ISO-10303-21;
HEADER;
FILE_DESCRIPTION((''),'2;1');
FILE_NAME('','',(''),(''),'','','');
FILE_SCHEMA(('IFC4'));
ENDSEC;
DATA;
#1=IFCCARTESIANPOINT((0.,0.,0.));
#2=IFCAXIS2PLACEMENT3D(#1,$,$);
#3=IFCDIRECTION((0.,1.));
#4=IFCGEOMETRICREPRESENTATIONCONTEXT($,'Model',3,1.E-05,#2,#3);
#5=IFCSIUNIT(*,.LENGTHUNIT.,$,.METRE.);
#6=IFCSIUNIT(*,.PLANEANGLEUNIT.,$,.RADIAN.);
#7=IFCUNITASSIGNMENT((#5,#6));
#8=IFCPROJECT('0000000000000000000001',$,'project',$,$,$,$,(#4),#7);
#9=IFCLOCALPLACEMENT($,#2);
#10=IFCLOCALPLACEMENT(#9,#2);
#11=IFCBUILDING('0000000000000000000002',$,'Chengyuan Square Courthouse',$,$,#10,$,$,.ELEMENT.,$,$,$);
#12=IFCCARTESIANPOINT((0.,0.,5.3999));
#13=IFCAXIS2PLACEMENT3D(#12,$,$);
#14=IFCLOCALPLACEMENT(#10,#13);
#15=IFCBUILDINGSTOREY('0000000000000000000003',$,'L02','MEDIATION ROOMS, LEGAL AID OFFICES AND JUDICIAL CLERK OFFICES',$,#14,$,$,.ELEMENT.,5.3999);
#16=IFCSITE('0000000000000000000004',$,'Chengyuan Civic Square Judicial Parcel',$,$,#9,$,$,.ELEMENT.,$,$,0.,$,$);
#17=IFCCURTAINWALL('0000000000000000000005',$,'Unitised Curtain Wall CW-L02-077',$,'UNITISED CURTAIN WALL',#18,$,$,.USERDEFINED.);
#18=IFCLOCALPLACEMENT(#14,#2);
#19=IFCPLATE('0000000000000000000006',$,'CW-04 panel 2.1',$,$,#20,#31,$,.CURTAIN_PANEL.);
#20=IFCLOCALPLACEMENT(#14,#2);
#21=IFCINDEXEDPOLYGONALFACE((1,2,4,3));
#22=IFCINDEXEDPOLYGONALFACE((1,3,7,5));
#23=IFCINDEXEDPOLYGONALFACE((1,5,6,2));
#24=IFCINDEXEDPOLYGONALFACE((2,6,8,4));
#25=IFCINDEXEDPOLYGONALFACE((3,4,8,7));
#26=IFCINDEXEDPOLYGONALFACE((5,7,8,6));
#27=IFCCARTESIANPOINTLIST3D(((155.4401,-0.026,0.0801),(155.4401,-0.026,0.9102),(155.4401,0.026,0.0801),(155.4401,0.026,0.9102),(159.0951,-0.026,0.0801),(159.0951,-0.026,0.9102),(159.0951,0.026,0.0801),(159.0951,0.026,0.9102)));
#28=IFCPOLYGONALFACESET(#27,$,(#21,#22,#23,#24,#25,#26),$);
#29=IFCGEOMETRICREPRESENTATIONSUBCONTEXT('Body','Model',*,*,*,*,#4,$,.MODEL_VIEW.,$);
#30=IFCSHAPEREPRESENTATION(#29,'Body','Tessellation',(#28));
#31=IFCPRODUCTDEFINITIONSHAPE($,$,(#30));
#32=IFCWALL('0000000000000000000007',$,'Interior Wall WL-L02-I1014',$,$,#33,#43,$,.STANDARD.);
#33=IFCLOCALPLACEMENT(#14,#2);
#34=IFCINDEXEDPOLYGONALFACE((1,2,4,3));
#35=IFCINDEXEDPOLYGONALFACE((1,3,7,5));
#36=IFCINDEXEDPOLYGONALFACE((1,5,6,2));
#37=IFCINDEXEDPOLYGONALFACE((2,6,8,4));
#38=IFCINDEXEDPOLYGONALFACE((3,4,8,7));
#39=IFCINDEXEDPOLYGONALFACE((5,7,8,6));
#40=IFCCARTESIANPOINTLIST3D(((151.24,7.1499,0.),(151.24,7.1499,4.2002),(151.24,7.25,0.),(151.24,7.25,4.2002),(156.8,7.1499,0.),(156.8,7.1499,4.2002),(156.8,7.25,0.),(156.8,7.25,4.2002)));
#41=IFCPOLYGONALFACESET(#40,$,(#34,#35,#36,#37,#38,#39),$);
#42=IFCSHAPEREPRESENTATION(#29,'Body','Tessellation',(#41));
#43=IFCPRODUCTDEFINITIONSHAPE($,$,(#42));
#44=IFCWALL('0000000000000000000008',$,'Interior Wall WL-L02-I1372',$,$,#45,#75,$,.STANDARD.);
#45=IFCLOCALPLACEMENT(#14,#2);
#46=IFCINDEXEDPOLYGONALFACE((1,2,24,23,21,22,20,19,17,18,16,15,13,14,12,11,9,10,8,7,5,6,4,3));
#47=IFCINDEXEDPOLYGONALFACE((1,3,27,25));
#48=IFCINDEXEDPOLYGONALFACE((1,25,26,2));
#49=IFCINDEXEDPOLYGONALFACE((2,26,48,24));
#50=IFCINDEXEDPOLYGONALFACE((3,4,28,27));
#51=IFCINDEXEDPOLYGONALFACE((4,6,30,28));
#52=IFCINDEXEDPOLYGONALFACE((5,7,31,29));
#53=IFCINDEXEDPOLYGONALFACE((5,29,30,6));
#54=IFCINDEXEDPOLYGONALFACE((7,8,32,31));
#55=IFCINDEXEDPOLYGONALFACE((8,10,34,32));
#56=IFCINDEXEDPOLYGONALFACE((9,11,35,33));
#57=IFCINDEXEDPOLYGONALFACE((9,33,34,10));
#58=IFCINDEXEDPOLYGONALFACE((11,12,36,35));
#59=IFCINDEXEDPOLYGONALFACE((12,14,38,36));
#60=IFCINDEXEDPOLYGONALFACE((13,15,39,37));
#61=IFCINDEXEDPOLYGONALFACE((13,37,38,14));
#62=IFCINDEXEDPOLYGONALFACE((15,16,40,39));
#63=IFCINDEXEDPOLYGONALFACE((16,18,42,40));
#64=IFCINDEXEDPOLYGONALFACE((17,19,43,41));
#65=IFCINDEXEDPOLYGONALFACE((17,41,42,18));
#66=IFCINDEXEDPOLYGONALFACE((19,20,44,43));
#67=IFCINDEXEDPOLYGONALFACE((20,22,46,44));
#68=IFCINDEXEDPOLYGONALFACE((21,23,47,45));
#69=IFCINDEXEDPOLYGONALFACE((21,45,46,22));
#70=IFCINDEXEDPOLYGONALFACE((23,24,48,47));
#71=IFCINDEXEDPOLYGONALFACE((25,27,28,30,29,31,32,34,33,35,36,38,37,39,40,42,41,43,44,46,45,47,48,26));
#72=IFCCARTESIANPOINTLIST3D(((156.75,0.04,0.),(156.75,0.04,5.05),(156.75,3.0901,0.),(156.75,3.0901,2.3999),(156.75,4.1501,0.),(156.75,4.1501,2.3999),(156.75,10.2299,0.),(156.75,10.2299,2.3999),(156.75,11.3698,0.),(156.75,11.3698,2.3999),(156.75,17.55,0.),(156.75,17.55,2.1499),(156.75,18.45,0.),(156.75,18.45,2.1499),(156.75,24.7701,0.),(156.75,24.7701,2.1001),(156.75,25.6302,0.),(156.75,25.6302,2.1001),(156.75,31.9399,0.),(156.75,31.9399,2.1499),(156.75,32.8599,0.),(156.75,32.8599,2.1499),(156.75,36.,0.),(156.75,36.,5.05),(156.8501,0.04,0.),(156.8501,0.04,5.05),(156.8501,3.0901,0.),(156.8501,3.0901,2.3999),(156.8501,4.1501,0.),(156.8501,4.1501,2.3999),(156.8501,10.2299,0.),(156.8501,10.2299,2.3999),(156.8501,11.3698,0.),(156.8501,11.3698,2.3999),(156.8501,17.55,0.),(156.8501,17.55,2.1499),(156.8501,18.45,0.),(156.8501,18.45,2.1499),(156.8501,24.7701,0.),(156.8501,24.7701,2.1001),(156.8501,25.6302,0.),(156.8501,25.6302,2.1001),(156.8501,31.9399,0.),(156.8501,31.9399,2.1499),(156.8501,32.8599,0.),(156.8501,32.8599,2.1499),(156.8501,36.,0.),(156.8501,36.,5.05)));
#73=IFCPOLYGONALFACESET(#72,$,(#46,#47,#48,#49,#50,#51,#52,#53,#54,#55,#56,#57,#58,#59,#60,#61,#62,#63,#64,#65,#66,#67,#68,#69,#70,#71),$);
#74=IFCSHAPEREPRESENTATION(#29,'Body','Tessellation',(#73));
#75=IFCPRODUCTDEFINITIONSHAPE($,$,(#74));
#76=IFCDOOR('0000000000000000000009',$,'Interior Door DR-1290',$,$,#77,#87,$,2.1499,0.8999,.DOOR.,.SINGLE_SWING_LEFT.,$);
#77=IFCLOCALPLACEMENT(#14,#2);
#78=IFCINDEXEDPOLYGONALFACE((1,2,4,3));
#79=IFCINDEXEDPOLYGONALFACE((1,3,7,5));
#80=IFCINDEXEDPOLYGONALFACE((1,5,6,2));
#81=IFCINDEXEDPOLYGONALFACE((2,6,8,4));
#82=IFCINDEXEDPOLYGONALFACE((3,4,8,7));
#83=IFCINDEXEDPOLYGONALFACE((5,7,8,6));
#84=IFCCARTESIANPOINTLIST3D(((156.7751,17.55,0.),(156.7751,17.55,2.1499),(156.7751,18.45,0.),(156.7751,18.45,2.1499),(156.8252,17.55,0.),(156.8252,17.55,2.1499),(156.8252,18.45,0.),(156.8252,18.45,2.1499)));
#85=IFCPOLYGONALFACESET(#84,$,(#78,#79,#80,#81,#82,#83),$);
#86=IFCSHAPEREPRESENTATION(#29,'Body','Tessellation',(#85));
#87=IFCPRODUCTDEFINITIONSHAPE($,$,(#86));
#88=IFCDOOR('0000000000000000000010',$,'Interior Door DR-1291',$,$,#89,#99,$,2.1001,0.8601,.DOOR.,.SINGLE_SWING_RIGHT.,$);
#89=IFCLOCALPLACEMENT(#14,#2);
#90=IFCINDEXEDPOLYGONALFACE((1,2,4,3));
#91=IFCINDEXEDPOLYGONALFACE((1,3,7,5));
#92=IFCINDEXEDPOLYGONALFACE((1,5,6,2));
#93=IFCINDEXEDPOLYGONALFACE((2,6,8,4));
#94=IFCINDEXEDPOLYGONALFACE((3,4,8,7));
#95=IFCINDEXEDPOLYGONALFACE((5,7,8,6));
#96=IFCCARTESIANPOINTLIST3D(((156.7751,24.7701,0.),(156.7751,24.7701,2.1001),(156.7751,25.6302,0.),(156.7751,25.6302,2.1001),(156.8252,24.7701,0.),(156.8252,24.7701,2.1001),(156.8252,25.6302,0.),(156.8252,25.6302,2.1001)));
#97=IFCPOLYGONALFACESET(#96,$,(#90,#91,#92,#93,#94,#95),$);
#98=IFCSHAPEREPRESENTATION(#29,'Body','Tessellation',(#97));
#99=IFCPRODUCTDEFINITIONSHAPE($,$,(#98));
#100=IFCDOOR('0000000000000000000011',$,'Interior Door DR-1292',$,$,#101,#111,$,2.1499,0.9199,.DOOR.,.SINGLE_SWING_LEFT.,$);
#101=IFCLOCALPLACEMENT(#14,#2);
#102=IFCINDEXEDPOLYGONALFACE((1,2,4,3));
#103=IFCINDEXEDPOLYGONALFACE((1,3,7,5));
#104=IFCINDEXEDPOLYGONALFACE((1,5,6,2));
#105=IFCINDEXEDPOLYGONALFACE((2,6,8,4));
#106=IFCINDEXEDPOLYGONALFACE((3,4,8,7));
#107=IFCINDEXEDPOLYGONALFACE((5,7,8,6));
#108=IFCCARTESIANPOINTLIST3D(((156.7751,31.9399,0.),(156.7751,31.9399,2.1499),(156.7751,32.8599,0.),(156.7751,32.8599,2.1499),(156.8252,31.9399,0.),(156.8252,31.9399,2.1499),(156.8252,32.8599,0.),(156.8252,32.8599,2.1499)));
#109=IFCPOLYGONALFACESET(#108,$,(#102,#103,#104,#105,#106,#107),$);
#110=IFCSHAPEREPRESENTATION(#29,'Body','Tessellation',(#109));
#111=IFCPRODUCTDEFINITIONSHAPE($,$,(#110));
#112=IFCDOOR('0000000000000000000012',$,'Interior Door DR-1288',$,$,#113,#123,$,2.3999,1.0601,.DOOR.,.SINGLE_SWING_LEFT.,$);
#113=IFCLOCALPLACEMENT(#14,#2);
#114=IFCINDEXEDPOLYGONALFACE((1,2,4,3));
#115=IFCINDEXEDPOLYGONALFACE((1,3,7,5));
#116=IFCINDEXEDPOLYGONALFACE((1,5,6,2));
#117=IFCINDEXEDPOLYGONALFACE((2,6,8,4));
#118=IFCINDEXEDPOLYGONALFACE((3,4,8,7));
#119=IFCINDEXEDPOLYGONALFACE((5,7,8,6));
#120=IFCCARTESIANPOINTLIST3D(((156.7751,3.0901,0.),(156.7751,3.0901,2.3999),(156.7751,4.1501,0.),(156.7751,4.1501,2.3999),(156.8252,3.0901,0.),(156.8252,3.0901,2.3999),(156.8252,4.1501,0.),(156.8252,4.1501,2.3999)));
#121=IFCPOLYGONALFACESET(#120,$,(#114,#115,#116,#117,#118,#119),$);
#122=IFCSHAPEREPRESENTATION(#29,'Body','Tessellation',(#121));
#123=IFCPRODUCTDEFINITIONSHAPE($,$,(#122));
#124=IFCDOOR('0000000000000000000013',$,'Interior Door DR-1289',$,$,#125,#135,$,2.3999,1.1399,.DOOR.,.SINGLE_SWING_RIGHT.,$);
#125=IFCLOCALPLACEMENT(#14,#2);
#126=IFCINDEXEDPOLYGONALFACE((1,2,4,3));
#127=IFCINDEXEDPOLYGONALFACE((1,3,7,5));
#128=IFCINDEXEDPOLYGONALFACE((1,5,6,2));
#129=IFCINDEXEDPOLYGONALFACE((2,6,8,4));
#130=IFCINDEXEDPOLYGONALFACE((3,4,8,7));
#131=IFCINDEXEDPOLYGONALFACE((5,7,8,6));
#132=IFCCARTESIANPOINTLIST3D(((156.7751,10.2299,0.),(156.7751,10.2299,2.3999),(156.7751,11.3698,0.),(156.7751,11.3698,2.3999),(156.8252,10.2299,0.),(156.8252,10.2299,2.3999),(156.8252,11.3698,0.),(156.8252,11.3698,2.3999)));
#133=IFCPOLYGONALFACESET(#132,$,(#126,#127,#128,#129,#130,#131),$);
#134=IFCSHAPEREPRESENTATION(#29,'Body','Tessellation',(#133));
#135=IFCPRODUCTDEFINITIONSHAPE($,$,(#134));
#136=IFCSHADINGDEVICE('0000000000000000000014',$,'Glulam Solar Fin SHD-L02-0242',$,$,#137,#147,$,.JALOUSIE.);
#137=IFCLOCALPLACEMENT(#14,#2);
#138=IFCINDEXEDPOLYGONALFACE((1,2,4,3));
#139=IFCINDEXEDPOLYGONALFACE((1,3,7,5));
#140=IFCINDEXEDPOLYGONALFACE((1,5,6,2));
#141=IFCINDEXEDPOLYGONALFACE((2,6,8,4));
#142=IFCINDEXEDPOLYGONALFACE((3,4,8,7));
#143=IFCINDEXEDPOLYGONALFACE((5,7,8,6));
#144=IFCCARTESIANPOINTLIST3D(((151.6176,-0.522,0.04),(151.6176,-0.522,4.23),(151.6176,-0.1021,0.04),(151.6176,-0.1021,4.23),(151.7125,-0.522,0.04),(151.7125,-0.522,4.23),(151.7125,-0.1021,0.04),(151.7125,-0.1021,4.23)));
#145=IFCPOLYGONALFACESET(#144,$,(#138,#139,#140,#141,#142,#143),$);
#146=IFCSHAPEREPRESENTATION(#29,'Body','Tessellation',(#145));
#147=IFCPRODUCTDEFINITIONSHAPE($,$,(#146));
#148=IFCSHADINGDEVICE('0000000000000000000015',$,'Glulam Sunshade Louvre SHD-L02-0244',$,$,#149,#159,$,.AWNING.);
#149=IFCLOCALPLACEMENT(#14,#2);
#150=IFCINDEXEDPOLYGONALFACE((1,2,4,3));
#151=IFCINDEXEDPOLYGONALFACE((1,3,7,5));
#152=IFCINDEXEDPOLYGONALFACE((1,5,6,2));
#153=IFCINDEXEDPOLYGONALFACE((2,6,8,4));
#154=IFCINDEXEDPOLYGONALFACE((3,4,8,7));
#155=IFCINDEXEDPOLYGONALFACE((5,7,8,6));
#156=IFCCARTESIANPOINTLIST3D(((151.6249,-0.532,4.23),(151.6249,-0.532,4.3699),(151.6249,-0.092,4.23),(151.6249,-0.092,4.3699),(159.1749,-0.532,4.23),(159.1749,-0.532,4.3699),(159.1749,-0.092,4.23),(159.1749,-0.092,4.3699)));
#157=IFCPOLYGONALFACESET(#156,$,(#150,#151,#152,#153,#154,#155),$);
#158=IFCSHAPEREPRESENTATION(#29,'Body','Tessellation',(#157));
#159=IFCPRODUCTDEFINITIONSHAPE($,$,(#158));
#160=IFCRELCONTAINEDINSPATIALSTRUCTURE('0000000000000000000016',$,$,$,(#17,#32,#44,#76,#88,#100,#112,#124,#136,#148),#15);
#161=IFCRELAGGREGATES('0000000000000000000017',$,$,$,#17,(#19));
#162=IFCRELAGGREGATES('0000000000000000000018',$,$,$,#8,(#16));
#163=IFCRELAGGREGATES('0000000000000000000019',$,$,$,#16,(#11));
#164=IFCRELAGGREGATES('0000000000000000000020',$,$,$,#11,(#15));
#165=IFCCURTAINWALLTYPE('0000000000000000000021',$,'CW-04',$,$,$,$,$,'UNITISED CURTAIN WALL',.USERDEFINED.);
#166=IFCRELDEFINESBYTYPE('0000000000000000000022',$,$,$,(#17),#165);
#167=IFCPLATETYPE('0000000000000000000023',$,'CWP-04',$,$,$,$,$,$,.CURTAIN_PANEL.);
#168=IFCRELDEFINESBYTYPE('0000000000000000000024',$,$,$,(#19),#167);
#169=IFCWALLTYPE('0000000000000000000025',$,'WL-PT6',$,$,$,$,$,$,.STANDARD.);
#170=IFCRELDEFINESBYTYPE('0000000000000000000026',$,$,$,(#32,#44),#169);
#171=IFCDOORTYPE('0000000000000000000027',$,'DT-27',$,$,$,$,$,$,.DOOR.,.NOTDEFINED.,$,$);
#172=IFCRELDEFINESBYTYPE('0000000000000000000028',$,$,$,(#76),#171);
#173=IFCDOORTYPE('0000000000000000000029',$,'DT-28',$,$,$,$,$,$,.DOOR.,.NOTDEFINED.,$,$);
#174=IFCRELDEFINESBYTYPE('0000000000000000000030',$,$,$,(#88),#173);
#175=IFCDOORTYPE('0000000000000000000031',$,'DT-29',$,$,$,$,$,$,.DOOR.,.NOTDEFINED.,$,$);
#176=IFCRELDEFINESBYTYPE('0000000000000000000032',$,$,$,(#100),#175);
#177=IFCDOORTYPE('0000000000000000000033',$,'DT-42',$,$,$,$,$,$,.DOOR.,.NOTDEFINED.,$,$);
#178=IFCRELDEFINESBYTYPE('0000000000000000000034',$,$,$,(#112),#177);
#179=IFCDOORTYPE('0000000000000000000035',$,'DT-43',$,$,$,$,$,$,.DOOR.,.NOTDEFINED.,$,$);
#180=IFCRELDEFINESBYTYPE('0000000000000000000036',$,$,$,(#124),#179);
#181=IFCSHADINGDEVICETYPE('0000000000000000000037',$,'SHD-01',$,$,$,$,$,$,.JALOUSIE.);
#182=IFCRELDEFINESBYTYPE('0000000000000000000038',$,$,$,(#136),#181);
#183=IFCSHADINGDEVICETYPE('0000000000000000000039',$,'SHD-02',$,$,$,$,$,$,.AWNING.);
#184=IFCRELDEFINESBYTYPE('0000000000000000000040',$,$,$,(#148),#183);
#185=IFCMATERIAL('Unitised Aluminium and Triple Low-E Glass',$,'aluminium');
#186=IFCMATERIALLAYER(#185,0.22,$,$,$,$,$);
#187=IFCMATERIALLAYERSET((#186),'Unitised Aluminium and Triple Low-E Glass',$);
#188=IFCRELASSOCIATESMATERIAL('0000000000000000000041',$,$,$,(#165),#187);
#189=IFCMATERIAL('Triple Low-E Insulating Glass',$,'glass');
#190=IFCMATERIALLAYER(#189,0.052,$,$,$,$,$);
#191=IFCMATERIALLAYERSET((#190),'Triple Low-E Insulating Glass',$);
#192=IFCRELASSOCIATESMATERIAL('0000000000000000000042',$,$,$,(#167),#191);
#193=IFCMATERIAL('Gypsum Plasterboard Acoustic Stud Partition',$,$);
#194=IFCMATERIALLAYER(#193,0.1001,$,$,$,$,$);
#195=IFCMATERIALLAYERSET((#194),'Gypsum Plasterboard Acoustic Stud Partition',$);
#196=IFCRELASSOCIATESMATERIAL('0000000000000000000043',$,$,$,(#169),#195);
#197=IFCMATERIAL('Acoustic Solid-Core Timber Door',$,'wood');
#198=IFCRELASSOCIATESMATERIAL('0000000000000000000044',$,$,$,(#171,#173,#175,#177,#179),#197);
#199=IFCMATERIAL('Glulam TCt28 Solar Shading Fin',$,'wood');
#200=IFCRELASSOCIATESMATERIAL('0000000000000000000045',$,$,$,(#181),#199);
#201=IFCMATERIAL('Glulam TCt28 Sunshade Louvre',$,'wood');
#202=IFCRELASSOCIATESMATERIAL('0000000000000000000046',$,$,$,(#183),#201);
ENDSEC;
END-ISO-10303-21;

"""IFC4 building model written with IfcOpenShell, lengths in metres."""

from ifc_helpers import new_model, si_unit, direction, frame, frame_2d, origin, origin_2d, place, context, subcontext, project, spatial, rectangle, extrude, material, layer, layer_set, type_object, element, fill, aggregate, save


model = new_model("IFC4")

# Units and contexts
model_context = context("Model", 3, precision=1e-05, world=origin(), true_north=direction((0.0, 1.0)))
body_context = subcontext(model_context, "Body", "Model", "MODEL_VIEW")
ifc_project = project(units=[si_unit("LENGTHUNIT", "METRE"), si_unit("PLANEANGLEUNIT", "RADIAN")], contexts=[model_context])

# Site, building, storey
site_placement = place(None, origin())
site = spatial("IfcSite", under=ifc_project, at=site_placement, Name="Chengyuan Civic Square Judicial Parcel", CompositionType="ELEMENT", RefElevation=0.0)
building_placement = place(site_placement, origin())
building = spatial("IfcBuilding", under=site, at=building_placement, Name="Chengyuan Square Courthouse", CompositionType="ELEMENT")
storey_placement = place(building_placement, frame((0.0, 0.0, 5.3999)))
storey = spatial("IfcBuildingStorey", under=building, at=storey_placement, Name="L02", Description="MEDIATION ROOMS, LEGAL AID OFFICES AND JUDICIAL CLERK OFFICES", CompositionType="ELEMENT", Elevation=5.3999)

# Curtain wall, plate
ifc_material_1 = material(Name="Unitised Aluminium and Triple Low-E Glass", Category="aluminium")
ifc_layer_1 = layer(ifc_material_1, 0.22)
ifc_layer_set_1 = layer_set([ifc_layer_1], Name="Unitised Aluminium and Triple Low-E Glass")
curtain_wall_type = type_object("IfcCurtainWallType", Name="CW-04", ElementType="UNITISED CURTAIN WALL", PredefinedType="USERDEFINED", material=ifc_layer_set_1)
curtain_wall_placement = place(storey_placement, origin())
curtain_wall = element("IfcCurtainWall", 1, at=curtain_wall_placement, inside=storey, type_object=curtain_wall_type, Name="Unitised Curtain Wall CW-L02-077", ObjectType="UNITISED CURTAIN WALL", PredefinedType="USERDEFINED")
ifc_material_2 = material(Name="Triple Low-E Insulating Glass", Category="glass")
ifc_layer_2 = layer(ifc_material_2, 0.052)
ifc_layer_set_2 = layer_set([ifc_layer_2], Name="Triple Low-E Insulating Glass")
plate_type = type_object("IfcPlateType", Name="CWP-04", PredefinedType="CURTAIN_PANEL", material=ifc_layer_set_2)
plate_1_placement = place(storey_placement, frame((157.2676, 0.0, 0.0801), z_axis=(0.0, 0.0, 1.0), x_axis=(1.0, 0.0, 0.0)))
plate_1 = element("IfcPlate", 2, at=plate_1_placement, type_object=plate_type, Name="CW-04 panel 2.1", PredefinedType="CURTAIN_PANEL", context=body_context, shape_type="SweptSolid", body=[
    extrude(rectangle(XDim=3.655, YDim=0.052, at=origin_2d()), origin(), (0.0, 0.0, 1.0), 0.8301),
])
aggregate(curtain_wall, [plate_1])

# Wall
ifc_material_3 = material(Name="Gypsum Plasterboard Acoustic Stud Partition")
ifc_layer_3 = layer(ifc_material_3, 0.1001)
ifc_layer_set_3 = layer_set([ifc_layer_3], Name="Gypsum Plasterboard Acoustic Stud Partition")
wall_type = type_object("IfcWallType", Name="WL-PT6", PredefinedType="STANDARD", material=ifc_layer_set_3)
wall_1_placement = place(storey_placement, frame((151.24, 7.2, 0.0), z_axis=(0.0, 0.0, 1.0), x_axis=(1.0, 0.0, 0.0)))
element("IfcWall", 3, at=wall_1_placement, inside=storey, type_object=wall_type, Name="Interior Wall WL-L02-I1014", PredefinedType="STANDARD", context=body_context, shape_type="SweptSolid", body=[
    extrude(rectangle(XDim=5.5601, YDim=0.1001, at=frame_2d((2.78, 0.0))), origin(), (0.0, 0.0, 1.0), 4.2002),
])

# Wall, openings, doors
wall_2_placement = place(storey_placement, frame((156.8, 0.04, 0.0), z_axis=(0.0, 0.0, 1.0), x_axis=(0.0, 1.0, 0.0)))
wall_2 = element("IfcWall", 4, at=wall_2_placement, inside=storey, type_object=wall_type, Name="Interior Wall WL-L02-I1372", PredefinedType="STANDARD", context=body_context, shape_type="SweptSolid", body=[
    extrude(rectangle(XDim=35.96, YDim=0.1001, at=frame_2d((17.98, 0.0))), origin(), (0.0, 0.0, 1.0), 5.05),
])
opening_1_placement = place(wall_2_placement, frame((3.05, 0.0, 0.0)))
opening_1 = element("IfcOpeningElement", 5, at=opening_1_placement, cuts=wall_2, PredefinedType="OPENING", context=body_context, shape_type="SweptSolid", body=[
    extrude(rectangle(XDim=1.0601, YDim=2.3999, at=frame_2d((0.53, 1.2))), frame((0.0, 0.062, 0.0), z_axis=(0.0, -1.0, 0.0), x_axis=(1.0, 0.0, 0.0)), (0.0, 0.0, 1.0), 0.124),
])
opening_2_placement = place(wall_2_placement, frame((10.1899, 0.0, 0.0)))
opening_2 = element("IfcOpeningElement", 6, at=opening_2_placement, cuts=wall_2, PredefinedType="OPENING", context=body_context, shape_type="SweptSolid", body=[
    extrude(rectangle(XDim=1.1399, YDim=2.3999, at=frame_2d((0.5698, 1.2))), frame((0.0, 0.062, 0.0), z_axis=(0.0, -1.0, 0.0), x_axis=(1.0, 0.0, 0.0)), (0.0, 0.0, 1.0), 0.124),
])
opening_3_placement = place(wall_2_placement, frame((17.51, 0.0, 0.0)))
opening_3 = element("IfcOpeningElement", 7, at=opening_3_placement, cuts=wall_2, PredefinedType="OPENING", context=body_context, shape_type="SweptSolid", body=[
    extrude(rectangle(XDim=0.8999, YDim=2.1499, at=frame_2d((0.45, 1.075))), frame((0.0, 0.062, 0.0), z_axis=(0.0, -1.0, 0.0), x_axis=(1.0, 0.0, 0.0)), (0.0, 0.0, 1.0), 0.124),
])
opening_4_placement = place(wall_2_placement, frame((24.73, 0.0, 0.0)))
opening_4 = element("IfcOpeningElement", 8, at=opening_4_placement, cuts=wall_2, PredefinedType="OPENING", context=body_context, shape_type="SweptSolid", body=[
    extrude(rectangle(XDim=0.8601, YDim=2.1001, at=frame_2d((0.4302, 1.05))), frame((0.0, 0.062, 0.0), z_axis=(0.0, -1.0, 0.0), x_axis=(1.0, 0.0, 0.0)), (0.0, 0.0, 1.0), 0.124),
])
opening_5_placement = place(wall_2_placement, frame((31.8999, 0.0, 0.0)))
opening_5 = element("IfcOpeningElement", 9, at=opening_5_placement, cuts=wall_2, PredefinedType="OPENING", context=body_context, shape_type="SweptSolid", body=[
    extrude(rectangle(XDim=0.9199, YDim=2.1499, at=frame_2d((0.46, 1.075))), frame((0.0, 0.062, 0.0), z_axis=(0.0, -1.0, 0.0), x_axis=(1.0, 0.0, 0.0)), (0.0, 0.0, 1.0), 0.124),
])
ifc_material_4 = material(Name="Acoustic Solid-Core Timber Door", Category="wood")
door_type_1 = type_object("IfcDoorType", Name="DT-27", OperationType="NOTDEFINED", PredefinedType="DOOR", material=ifc_material_4)
door_1_placement = place(opening_3_placement, origin())
door_1 = element("IfcDoor", 10, at=door_1_placement, inside=storey, type_object=door_type_1, Name="Interior Door DR-1290", OperationType="SINGLE_SWING_LEFT", OverallHeight=2.1499, OverallWidth=0.8999, PredefinedType="DOOR", context=body_context, shape_type="SweptSolid", body=[
    extrude(rectangle(XDim=0.8999, YDim=2.1499, at=frame_2d((0.45, 1.075))), frame((0.0, 0.0249, 0.0), z_axis=(0.0, -1.0, 0.0), x_axis=(1.0, 0.0, 0.0)), (0.0, 0.0, 1.0), 0.05),
])
fill(opening_3, door_1)
door_type_2 = type_object("IfcDoorType", Name="DT-28", OperationType="NOTDEFINED", PredefinedType="DOOR", material=ifc_material_4)
door_2_placement = place(opening_4_placement, origin())
door_2 = element("IfcDoor", 11, at=door_2_placement, inside=storey, type_object=door_type_2, Name="Interior Door DR-1291", OperationType="SINGLE_SWING_RIGHT", OverallHeight=2.1001, OverallWidth=0.8601, PredefinedType="DOOR", context=body_context, shape_type="SweptSolid", body=[
    extrude(rectangle(XDim=0.8601, YDim=2.1001, at=frame_2d((0.4302, 1.05))), frame((0.0, 0.0249, 0.0), z_axis=(0.0, -1.0, 0.0), x_axis=(1.0, 0.0, 0.0)), (0.0, 0.0, 1.0), 0.05),
])
fill(opening_4, door_2)
door_type_3 = type_object("IfcDoorType", Name="DT-29", OperationType="NOTDEFINED", PredefinedType="DOOR", material=ifc_material_4)
door_3_placement = place(opening_5_placement, origin())
door_3 = element("IfcDoor", 12, at=door_3_placement, inside=storey, type_object=door_type_3, Name="Interior Door DR-1292", OperationType="SINGLE_SWING_LEFT", OverallHeight=2.1499, OverallWidth=0.9199, PredefinedType="DOOR", context=body_context, shape_type="SweptSolid", body=[
    extrude(rectangle(XDim=0.9199, YDim=2.1499, at=frame_2d((0.46, 1.075))), frame((0.0, 0.0249, 0.0), z_axis=(0.0, -1.0, 0.0), x_axis=(1.0, 0.0, 0.0)), (0.0, 0.0, 1.0), 0.05),
])
fill(opening_5, door_3)
door_type_4 = type_object("IfcDoorType", Name="DT-42", OperationType="NOTDEFINED", PredefinedType="DOOR", material=ifc_material_4)
door_4_placement = place(opening_1_placement, origin())
door_4 = element("IfcDoor", 13, at=door_4_placement, inside=storey, type_object=door_type_4, Name="Interior Door DR-1288", OperationType="SINGLE_SWING_LEFT", OverallHeight=2.3999, OverallWidth=1.0601, PredefinedType="DOOR", context=body_context, shape_type="SweptSolid", body=[
    extrude(rectangle(XDim=1.0601, YDim=2.3999, at=frame_2d((0.53, 1.2))), frame((0.0, 0.0249, 0.0), z_axis=(0.0, -1.0, 0.0), x_axis=(1.0, 0.0, 0.0)), (0.0, 0.0, 1.0), 0.05),
])
fill(opening_1, door_4)
door_type_5 = type_object("IfcDoorType", Name="DT-43", OperationType="NOTDEFINED", PredefinedType="DOOR", material=ifc_material_4)
door_5_placement = place(opening_2_placement, origin())
door_5 = element("IfcDoor", 14, at=door_5_placement, inside=storey, type_object=door_type_5, Name="Interior Door DR-1289", OperationType="SINGLE_SWING_RIGHT", OverallHeight=2.3999, OverallWidth=1.1399, PredefinedType="DOOR", context=body_context, shape_type="SweptSolid", body=[
    extrude(rectangle(XDim=1.1399, YDim=2.3999, at=frame_2d((0.5698, 1.2))), frame((0.0, 0.0249, 0.0), z_axis=(0.0, -1.0, 0.0), x_axis=(1.0, 0.0, 0.0)), (0.0, 0.0, 1.0), 0.05),
])
fill(opening_2, door_5)

# Shading devices
ifc_material_5 = material(Name="Glulam TCt28 Solar Shading Fin", Category="wood")
shading_device_type_1 = type_object("IfcShadingDeviceType", Name="SHD-01", PredefinedType="JALOUSIE", material=ifc_material_5)
shading_device_1_placement = place(storey_placement, frame((151.665, -0.312, 0.04), z_axis=(0.0, 0.0, 1.0), x_axis=(0.0, 1.0, 0.0)))
element("IfcShadingDevice", 15, at=shading_device_1_placement, inside=storey, type_object=shading_device_type_1, Name="Glulam Solar Fin SHD-L02-0242", PredefinedType="JALOUSIE", context=body_context, shape_type="SweptSolid", body=[
    extrude(rectangle(XDim=0.4199, YDim=0.095, at=origin_2d()), origin(), (0.0, 0.0, 1.0), 4.1899),
])
ifc_material_6 = material(Name="Glulam TCt28 Sunshade Louvre", Category="wood")
shading_device_type_2 = type_object("IfcShadingDeviceType", Name="SHD-02", PredefinedType="AWNING", material=ifc_material_6)
shading_device_2_placement = place(storey_placement, frame((155.3999, -0.312, 4.23), z_axis=(0.0, 0.0, 1.0), x_axis=(1.0, 0.0, 0.0)))
element("IfcShadingDevice", 16, at=shading_device_2_placement, inside=storey, type_object=shading_device_type_2, Name="Glulam Sunshade Louvre SHD-L02-0244", PredefinedType="AWNING", context=body_context, shape_type="SweptSolid", body=[
    extrude(rectangle(XDim=7.55, YDim=0.4399, at=origin_2d()), origin(), (0.0, 0.0, 1.0), 0.1399),
])

save(model, "model.ifc")
